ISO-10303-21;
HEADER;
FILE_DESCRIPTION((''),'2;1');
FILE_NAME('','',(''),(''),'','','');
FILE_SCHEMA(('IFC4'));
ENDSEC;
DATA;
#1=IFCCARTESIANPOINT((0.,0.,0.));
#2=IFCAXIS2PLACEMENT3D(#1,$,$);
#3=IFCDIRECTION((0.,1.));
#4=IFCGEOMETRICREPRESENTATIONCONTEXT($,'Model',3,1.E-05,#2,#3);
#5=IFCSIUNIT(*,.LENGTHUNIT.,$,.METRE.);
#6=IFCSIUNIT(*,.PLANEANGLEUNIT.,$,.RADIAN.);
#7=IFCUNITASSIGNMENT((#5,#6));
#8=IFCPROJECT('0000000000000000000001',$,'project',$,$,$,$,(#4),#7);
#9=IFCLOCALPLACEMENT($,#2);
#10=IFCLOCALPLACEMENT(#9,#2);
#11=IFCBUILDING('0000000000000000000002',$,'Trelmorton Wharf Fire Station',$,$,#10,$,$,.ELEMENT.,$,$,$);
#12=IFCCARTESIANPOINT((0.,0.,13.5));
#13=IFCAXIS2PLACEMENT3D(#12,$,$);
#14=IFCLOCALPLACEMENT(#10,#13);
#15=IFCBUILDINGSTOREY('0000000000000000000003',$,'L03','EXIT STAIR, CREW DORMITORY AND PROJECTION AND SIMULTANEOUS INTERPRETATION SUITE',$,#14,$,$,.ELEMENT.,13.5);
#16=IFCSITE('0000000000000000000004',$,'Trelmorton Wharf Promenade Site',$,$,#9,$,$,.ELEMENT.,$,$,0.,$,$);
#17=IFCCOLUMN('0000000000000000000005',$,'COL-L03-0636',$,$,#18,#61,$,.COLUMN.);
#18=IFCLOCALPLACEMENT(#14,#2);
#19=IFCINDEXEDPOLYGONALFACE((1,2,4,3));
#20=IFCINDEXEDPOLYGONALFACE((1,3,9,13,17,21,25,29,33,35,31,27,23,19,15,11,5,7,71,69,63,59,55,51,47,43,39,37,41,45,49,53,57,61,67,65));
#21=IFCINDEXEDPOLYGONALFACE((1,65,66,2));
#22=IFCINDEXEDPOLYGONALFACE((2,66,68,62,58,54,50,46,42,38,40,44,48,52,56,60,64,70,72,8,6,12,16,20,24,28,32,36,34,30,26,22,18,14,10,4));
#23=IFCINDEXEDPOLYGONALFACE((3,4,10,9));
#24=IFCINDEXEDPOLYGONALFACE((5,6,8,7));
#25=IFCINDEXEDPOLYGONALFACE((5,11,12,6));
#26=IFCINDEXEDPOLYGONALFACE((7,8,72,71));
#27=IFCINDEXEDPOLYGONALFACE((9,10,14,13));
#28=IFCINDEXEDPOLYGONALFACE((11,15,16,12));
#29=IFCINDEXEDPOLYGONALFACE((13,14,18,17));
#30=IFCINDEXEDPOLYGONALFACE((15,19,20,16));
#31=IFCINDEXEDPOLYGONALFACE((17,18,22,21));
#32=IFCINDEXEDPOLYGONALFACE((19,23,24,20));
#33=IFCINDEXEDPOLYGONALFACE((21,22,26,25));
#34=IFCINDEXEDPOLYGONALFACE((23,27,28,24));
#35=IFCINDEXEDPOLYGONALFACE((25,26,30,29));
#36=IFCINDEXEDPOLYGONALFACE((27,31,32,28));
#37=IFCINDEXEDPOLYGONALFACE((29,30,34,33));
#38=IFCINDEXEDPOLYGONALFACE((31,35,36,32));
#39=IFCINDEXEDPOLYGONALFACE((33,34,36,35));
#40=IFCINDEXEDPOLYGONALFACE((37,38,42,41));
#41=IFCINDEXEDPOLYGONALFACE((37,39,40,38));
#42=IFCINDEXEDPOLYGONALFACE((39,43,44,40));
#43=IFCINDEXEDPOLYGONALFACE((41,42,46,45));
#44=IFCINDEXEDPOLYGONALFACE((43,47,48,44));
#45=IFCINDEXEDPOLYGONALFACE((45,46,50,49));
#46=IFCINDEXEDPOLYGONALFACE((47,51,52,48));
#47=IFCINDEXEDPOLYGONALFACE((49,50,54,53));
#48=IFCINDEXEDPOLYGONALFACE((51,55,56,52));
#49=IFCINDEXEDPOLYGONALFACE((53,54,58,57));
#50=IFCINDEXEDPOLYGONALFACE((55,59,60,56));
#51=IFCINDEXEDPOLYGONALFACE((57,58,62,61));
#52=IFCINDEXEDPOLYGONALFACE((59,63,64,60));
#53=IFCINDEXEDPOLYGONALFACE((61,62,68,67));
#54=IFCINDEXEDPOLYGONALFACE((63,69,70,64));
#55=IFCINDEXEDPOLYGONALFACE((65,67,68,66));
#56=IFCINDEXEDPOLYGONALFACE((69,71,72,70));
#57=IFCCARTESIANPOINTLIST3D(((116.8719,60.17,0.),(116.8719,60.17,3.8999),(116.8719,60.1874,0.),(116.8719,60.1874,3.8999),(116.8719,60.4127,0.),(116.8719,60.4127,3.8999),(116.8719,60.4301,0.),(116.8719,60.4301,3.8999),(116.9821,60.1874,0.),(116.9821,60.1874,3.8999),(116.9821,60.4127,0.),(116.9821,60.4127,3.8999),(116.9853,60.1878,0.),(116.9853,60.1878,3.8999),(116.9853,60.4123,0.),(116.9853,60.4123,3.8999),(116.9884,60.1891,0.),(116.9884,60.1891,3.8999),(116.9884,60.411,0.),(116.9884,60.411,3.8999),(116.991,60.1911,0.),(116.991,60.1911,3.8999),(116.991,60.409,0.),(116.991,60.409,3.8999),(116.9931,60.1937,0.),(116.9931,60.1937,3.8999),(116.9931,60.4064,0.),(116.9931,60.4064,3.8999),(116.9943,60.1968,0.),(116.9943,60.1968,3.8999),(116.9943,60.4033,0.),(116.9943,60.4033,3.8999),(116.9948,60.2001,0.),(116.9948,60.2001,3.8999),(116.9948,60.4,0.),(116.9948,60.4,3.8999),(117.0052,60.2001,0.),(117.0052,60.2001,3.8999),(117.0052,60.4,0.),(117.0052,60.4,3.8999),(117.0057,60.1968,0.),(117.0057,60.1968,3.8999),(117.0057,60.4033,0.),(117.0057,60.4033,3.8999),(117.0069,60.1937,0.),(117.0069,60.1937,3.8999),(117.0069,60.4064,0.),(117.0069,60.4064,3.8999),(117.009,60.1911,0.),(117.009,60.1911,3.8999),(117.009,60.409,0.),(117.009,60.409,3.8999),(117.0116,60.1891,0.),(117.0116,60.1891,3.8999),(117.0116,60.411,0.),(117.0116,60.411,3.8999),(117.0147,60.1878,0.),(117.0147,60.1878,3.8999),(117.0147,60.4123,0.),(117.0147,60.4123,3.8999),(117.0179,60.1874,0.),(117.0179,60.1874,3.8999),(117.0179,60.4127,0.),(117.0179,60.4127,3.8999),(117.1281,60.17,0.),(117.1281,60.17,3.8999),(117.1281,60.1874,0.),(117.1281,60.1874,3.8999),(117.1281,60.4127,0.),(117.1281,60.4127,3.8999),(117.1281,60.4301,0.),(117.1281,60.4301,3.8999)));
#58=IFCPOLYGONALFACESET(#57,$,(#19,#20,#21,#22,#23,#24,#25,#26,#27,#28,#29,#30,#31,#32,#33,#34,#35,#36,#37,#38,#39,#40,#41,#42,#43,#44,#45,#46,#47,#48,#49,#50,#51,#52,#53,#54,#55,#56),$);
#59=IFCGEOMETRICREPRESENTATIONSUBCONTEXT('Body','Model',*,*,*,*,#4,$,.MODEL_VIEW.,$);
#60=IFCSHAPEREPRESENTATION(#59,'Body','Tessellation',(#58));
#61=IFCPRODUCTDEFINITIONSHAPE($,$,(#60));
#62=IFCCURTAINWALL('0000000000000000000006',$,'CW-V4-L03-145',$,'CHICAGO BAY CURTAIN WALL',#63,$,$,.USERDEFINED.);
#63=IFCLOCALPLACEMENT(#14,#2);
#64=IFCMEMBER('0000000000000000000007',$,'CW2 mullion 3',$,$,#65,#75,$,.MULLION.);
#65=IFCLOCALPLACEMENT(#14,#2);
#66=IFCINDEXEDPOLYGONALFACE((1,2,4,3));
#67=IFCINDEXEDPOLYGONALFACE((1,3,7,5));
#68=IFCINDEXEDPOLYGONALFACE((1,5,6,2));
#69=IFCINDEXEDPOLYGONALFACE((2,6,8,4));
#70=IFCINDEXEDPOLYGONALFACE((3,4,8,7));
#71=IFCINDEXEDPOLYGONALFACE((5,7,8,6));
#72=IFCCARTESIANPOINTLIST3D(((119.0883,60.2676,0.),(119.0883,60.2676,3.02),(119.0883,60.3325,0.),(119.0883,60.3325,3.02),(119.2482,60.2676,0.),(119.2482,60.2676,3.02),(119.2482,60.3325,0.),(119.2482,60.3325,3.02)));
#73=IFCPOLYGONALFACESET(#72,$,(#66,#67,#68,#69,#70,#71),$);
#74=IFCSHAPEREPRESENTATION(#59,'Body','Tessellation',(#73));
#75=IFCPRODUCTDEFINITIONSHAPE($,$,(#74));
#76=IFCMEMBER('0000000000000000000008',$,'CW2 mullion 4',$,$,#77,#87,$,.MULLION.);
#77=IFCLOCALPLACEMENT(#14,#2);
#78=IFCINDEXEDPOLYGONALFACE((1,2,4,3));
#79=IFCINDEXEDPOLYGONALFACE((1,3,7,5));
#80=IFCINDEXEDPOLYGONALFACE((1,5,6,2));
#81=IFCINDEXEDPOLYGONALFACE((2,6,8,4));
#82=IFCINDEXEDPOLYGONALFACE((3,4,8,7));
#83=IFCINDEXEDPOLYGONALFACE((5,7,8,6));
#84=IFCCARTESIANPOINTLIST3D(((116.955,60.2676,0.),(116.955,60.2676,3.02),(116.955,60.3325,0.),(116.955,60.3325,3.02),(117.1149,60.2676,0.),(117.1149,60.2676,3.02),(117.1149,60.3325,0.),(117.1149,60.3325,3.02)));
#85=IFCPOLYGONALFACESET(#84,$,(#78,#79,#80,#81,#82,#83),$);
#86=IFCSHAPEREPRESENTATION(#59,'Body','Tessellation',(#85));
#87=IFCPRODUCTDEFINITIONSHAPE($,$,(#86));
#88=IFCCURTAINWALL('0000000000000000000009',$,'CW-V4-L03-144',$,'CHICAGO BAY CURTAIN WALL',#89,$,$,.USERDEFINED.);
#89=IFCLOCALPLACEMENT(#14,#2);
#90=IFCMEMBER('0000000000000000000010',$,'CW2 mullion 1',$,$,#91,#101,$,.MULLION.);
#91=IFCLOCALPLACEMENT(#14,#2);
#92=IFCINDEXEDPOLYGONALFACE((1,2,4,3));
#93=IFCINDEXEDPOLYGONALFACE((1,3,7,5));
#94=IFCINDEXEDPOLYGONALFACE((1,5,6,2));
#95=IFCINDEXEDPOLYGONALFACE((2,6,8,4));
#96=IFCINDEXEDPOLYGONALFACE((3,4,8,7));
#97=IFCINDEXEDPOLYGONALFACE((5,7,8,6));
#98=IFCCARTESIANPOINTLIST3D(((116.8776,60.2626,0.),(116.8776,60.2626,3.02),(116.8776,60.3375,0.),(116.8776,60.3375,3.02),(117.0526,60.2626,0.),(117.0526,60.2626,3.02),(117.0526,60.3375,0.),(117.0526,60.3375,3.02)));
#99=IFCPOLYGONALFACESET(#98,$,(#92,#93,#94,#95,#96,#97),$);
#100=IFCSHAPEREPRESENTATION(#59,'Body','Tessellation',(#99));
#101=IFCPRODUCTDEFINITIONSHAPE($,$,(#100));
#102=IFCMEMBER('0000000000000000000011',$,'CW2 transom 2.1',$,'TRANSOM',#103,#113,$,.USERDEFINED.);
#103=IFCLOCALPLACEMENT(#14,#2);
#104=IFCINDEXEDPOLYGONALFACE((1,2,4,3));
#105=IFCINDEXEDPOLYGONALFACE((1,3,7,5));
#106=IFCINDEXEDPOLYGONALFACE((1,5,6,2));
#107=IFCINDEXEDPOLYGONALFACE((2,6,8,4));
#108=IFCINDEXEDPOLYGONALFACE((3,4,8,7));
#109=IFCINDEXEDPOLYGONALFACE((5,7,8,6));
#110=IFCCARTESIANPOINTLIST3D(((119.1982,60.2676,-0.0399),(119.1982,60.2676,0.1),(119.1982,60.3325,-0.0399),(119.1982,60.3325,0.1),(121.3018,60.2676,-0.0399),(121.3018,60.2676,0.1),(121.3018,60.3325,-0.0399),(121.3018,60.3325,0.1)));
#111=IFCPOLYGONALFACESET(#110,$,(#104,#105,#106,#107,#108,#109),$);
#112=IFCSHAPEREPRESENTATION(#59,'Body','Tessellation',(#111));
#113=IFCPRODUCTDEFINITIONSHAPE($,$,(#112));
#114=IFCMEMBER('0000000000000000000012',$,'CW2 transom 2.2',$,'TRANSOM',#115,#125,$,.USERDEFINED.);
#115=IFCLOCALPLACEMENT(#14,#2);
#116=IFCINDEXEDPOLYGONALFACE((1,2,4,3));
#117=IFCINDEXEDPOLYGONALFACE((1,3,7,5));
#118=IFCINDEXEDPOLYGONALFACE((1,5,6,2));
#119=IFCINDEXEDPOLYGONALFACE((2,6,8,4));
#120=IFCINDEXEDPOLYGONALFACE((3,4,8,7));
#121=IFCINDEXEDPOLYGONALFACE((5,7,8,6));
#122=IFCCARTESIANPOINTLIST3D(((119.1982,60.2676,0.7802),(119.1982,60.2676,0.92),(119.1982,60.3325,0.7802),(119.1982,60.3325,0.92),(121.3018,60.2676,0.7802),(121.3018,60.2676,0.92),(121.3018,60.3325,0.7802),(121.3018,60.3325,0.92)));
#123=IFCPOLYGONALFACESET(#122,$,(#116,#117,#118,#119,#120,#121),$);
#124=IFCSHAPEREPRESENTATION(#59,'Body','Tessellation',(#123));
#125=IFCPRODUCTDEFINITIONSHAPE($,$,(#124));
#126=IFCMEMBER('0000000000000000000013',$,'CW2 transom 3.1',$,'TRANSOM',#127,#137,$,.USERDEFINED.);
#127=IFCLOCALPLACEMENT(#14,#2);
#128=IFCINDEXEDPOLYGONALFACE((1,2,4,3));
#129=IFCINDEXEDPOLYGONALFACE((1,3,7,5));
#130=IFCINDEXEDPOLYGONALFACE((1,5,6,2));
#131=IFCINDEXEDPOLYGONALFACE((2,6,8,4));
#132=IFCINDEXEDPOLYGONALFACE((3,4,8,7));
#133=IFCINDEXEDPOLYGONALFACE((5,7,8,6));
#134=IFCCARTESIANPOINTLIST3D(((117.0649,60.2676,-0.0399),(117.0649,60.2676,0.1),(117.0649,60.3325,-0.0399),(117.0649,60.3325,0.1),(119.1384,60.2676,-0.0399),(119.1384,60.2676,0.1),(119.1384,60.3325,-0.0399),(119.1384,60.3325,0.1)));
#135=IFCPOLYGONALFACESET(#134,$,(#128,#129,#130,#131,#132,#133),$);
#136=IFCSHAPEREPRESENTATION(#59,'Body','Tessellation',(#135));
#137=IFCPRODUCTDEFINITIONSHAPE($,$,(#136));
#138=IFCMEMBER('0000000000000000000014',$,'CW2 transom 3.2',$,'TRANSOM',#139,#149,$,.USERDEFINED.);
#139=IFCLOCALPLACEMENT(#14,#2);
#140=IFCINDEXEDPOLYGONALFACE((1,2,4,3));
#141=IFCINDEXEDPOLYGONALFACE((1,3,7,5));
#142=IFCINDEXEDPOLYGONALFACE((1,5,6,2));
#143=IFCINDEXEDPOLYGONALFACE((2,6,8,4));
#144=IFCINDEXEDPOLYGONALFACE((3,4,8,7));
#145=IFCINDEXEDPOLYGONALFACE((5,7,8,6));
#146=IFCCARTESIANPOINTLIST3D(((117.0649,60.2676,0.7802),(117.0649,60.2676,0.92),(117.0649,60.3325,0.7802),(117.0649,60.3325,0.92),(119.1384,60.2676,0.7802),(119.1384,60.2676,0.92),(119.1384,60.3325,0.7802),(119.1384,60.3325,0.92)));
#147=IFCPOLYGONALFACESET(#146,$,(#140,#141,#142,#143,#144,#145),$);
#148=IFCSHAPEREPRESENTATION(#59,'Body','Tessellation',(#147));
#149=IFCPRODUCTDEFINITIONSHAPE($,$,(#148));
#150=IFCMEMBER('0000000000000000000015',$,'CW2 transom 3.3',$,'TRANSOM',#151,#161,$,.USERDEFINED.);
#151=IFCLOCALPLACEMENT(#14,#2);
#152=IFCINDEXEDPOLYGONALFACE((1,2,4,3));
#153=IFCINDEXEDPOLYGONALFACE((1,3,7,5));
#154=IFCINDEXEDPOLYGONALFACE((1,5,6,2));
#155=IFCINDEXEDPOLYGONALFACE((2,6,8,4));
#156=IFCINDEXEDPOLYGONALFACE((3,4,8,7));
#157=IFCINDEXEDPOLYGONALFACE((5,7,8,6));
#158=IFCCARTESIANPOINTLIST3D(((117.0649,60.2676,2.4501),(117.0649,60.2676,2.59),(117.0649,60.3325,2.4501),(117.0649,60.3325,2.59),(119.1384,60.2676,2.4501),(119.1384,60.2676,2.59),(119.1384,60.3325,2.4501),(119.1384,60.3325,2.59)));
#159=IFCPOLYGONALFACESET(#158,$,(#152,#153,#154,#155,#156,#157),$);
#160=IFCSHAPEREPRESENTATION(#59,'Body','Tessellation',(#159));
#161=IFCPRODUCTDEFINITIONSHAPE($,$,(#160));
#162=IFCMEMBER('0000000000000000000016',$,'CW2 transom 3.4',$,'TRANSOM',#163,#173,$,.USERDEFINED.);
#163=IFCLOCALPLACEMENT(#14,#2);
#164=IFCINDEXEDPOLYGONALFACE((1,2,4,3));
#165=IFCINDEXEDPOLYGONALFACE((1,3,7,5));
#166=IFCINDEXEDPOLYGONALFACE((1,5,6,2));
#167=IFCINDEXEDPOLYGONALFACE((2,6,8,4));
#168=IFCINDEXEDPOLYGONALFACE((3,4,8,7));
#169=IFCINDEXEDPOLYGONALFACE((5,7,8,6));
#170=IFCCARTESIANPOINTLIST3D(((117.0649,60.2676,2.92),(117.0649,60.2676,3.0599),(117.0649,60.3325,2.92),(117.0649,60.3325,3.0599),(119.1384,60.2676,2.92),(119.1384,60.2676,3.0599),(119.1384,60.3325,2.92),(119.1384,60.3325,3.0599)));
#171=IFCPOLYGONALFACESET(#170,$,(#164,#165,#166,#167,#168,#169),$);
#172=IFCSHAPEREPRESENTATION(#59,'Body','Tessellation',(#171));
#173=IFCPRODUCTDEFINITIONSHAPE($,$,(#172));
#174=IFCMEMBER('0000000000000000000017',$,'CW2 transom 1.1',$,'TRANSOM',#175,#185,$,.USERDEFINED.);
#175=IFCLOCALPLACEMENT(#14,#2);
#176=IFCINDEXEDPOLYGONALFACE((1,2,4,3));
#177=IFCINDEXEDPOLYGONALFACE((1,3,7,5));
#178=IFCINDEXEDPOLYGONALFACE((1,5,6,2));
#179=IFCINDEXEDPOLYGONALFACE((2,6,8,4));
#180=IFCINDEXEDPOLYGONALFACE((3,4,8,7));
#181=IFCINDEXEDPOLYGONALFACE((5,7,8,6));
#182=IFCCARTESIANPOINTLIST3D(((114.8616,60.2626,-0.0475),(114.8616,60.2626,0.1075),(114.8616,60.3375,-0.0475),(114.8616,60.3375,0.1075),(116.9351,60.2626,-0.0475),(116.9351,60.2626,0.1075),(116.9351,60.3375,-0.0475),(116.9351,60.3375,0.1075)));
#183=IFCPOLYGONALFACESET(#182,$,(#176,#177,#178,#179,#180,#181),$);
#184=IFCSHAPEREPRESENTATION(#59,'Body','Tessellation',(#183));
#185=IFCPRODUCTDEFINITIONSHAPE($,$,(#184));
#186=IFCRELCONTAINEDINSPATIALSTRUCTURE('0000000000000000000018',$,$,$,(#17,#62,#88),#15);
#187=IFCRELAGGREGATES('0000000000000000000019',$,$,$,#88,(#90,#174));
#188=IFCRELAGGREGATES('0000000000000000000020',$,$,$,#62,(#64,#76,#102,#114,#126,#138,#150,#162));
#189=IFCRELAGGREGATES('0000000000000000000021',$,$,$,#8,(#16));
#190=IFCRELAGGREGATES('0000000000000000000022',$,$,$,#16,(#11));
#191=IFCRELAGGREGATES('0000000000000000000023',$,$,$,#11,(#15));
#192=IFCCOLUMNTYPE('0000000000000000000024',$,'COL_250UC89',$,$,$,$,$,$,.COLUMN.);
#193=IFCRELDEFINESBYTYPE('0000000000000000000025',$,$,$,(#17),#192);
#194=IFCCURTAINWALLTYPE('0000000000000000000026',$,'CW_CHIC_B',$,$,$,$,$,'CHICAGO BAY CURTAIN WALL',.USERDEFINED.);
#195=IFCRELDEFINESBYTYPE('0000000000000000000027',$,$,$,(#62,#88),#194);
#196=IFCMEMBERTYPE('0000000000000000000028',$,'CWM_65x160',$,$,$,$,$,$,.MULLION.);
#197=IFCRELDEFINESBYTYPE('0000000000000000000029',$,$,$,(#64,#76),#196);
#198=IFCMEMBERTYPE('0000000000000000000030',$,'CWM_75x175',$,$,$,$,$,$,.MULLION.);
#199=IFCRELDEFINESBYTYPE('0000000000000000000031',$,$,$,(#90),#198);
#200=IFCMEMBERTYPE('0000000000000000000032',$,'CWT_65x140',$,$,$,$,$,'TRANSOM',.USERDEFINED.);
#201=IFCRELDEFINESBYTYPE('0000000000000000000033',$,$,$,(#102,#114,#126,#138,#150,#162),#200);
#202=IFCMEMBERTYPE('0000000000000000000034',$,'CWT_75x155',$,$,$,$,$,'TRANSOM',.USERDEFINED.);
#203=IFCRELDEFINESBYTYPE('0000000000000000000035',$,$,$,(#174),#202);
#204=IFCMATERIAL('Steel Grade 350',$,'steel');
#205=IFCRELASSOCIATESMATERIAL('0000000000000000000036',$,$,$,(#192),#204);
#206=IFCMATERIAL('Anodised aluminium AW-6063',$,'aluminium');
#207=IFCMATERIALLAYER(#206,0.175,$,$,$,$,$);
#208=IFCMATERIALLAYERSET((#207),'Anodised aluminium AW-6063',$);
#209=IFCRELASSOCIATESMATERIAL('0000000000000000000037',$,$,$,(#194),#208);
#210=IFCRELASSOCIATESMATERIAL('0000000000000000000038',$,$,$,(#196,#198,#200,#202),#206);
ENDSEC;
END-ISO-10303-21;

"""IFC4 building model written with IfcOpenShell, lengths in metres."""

from ifc_helpers import new_model, si_unit, direction, frame, origin, origin_2d, place, context, subcontext, project, spatial, rectangle, i_section, extrude, material, layer, layer_set, material_profile, profile_set, type_object, element, aggregate, save


model = new_model("IFC4")

# Units and contexts
model_context = context("Model", 3, precision=1e-05, world=origin(), true_north=direction((0.0, 1.0)))
body_context = subcontext(model_context, "Body", "Model", "MODEL_VIEW")
ifc_project = project(units=[si_unit("LENGTHUNIT", "METRE"), si_unit("PLANEANGLEUNIT", "RADIAN")], contexts=[model_context])

# Site, building, storey
site_placement = place(None, origin())
site = spatial("IfcSite", under=ifc_project, at=site_placement, Name="Trelmorton Wharf Promenade Site", CompositionType="ELEMENT", RefElevation=0.0)
building_placement = place(site_placement, origin())
building = spatial("IfcBuilding", under=site, at=building_placement, Name="Trelmorton Wharf Fire Station", CompositionType="ELEMENT")
storey_placement = place(building_placement, frame((0.0, 0.0, 13.5)))
storey = spatial("IfcBuildingStorey", under=building, at=storey_placement, Name="L03", Description="EXIT STAIR, CREW DORMITORY AND PROJECTION AND SIMULTANEOUS INTERPRETATION SUITE", CompositionType="ELEMENT", Elevation=13.5)

# Column
ifc_material_1 = material(Name="Steel Grade 350", Category="steel")
ifc_material_profile_1 = material_profile(ifc_material_1, i_section(OverallWidth=0.2561, OverallDepth=0.26, WebThickness=0.0105, FlangeThickness=0.0173, FilletRadius=0.0127, at=origin_2d()), Name="250UC89.5")
ifc_profile_set_1 = profile_set([ifc_material_profile_1], Name="Steel Grade 350")
column_type = type_object("IfcColumnType", Name="COL_250UC89", PredefinedType="COLUMN", material=ifc_profile_set_1)
column_placement = place(storey_placement, frame((117.0, 60.3, 0.0), z_axis=(0.0, 0.0, 1.0), x_axis=(1.0, 0.0, 0.0)))
element("IfcColumn", 1, at=column_placement, inside=storey, type_object=column_type, Name="COL-L03-0636", PredefinedType="COLUMN", context=body_context, shape_type="SweptSolid", body=[
    extrude(i_section(OverallWidth=0.2561, OverallDepth=0.26, WebThickness=0.0105, FlangeThickness=0.0173, FilletRadius=0.0127, at=origin_2d()), origin(), (0.0, 0.0, 1.0), 3.8999),
])

# Curtain wall, members
ifc_material_2 = material(Name="Anodised aluminium AW-6063", Category="aluminium")
ifc_layer_1 = layer(ifc_material_2, 0.175)
ifc_layer_set_1 = layer_set([ifc_layer_1], Name="Anodised aluminium AW-6063")
curtain_wall_type = type_object("IfcCurtainWallType", Name="CW_CHIC_B", ElementType="CHICAGO BAY CURTAIN WALL", PredefinedType="USERDEFINED", material=ifc_layer_set_1)
curtain_wall_1_placement = place(storey_placement, origin())
curtain_wall_1 = element("IfcCurtainWall", 2, at=curtain_wall_1_placement, inside=storey, type_object=curtain_wall_type, Name="CW-V4-L03-145", ObjectType="CHICAGO BAY CURTAIN WALL", PredefinedType="USERDEFINED")
ifc_material_profile_2 = material_profile(ifc_material_2, rectangle(XDim=0.0649, YDim=0.1599, at=origin_2d()), Name="ALU-65x160")
ifc_profile_set_2 = profile_set([ifc_material_profile_2], Name="Anodised aluminium AW-6063")
member_type_1 = type_object("IfcMemberType", Name="CWM_65x160", PredefinedType="MULLION", material=ifc_profile_set_2)
member_1_placement = place(storey_placement, frame((119.1682, 60.3, 0.0), z_axis=(0.0, 0.0, 1.0), x_axis=(0.0, -1.0, 0.0)))
member_1 = element("IfcMember", 3, at=member_1_placement, type_object=member_type_1, Name="CW2 mullion 3", PredefinedType="MULLION", context=body_context, shape_type="SweptSolid", body=[
    extrude(rectangle(XDim=0.0649, YDim=0.1599, at=origin_2d()), origin(), (0.0, 0.0, 1.0), 3.02),
])
member_2_placement = place(storey_placement, frame((117.0349, 60.3, 0.0), z_axis=(0.0, 0.0, 1.0), x_axis=(0.0, -1.0, 0.0)))
member_2 = element("IfcMember", 4, at=member_2_placement, type_object=member_type_1, Name="CW2 mullion 4", PredefinedType="MULLION", context=body_context, shape_type="SweptSolid", body=[
    extrude(rectangle(XDim=0.0649, YDim=0.1599, at=origin_2d()), origin(), (0.0, 0.0, 1.0), 3.02),
])

# Curtain wall, member
curtain_wall_2_placement = place(storey_placement, origin())
curtain_wall_2 = element("IfcCurtainWall", 5, at=curtain_wall_2_placement, inside=storey, type_object=curtain_wall_type, Name="CW-V4-L03-144", ObjectType="CHICAGO BAY CURTAIN WALL", PredefinedType="USERDEFINED")
ifc_material_profile_3 = material_profile(ifc_material_2, rectangle(XDim=0.075, YDim=0.175, at=origin_2d()), Name="ALU-75x175")
ifc_profile_set_3 = profile_set([ifc_material_profile_3], Name="Anodised aluminium AW-6063")
member_type_2 = type_object("IfcMemberType", Name="CWM_75x175", PredefinedType="MULLION", material=ifc_profile_set_3)
member_3_placement = place(storey_placement, frame((116.9651, 60.3, 0.0), z_axis=(0.0, 0.0, 1.0), x_axis=(0.0, -1.0, 0.0)))
member_3 = element("IfcMember", 6, at=member_3_placement, type_object=member_type_2, Name="CW2 mullion 1", PredefinedType="MULLION", context=body_context, shape_type="SweptSolid", body=[
    extrude(rectangle(XDim=0.075, YDim=0.175, at=origin_2d()), origin(), (0.0, 0.0, 1.0), 3.02),
])

# Members
ifc_material_profile_4 = material_profile(ifc_material_2, rectangle(XDim=0.0649, YDim=0.1399, at=origin_2d()), Name="ALU-65x140")
ifc_profile_set_4 = profile_set([ifc_material_profile_4], Name="Anodised aluminium AW-6063")
member_type_3 = type_object("IfcMemberType", Name="CWT_65x140", ElementType="TRANSOM", PredefinedType="USERDEFINED", material=ifc_profile_set_4)
member_4_placement = place(storey_placement, frame((121.3018, 60.3, 0.03), z_axis=(-1.0, 0.0, 0.0), x_axis=(0.0, -1.0, 0.0)))
member_4 = element("IfcMember", 7, at=member_4_placement, type_object=member_type_3, Name="CW2 transom 2.1", ObjectType="TRANSOM", PredefinedType="USERDEFINED", context=body_context, shape_type="SweptSolid", body=[
    extrude(rectangle(XDim=0.0649, YDim=0.1399, at=origin_2d()), origin(), (0.0, 0.0, 1.0), 2.1035),
])
member_5_placement = place(storey_placement, frame((121.3018, 60.3, 0.8501), z_axis=(-1.0, 0.0, 0.0), x_axis=(0.0, -1.0, 0.0)))
member_5 = element("IfcMember", 8, at=member_5_placement, type_object=member_type_3, Name="CW2 transom 2.2", ObjectType="TRANSOM", PredefinedType="USERDEFINED", context=body_context, shape_type="SweptSolid", body=[
    extrude(rectangle(XDim=0.0649, YDim=0.1399, at=origin_2d()), origin(), (0.0, 0.0, 1.0), 2.1035),
])
member_6_placement = place(storey_placement, frame((119.1384, 60.3, 0.03), z_axis=(-1.0, 0.0, 0.0), x_axis=(0.0, -1.0, 0.0)))
member_6 = element("IfcMember", 9, at=member_6_placement, type_object=member_type_3, Name="CW2 transom 3.1", ObjectType="TRANSOM", PredefinedType="USERDEFINED", context=body_context, shape_type="SweptSolid", body=[
    extrude(rectangle(XDim=0.0649, YDim=0.1399, at=origin_2d()), origin(), (0.0, 0.0, 1.0), 2.0735),
])
member_7_placement = place(storey_placement, frame((119.1384, 60.3, 0.8501), z_axis=(-1.0, 0.0, 0.0), x_axis=(0.0, -1.0, 0.0)))
member_7 = element("IfcMember", 10, at=member_7_placement, type_object=member_type_3, Name="CW2 transom 3.2", ObjectType="TRANSOM", PredefinedType="USERDEFINED", context=body_context, shape_type="SweptSolid", body=[
    extrude(rectangle(XDim=0.0649, YDim=0.1399, at=origin_2d()), origin(), (0.0, 0.0, 1.0), 2.0735),
])
member_8_placement = place(storey_placement, frame((119.1384, 60.3, 2.52), z_axis=(-1.0, 0.0, 0.0), x_axis=(0.0, -1.0, 0.0)))
member_8 = element("IfcMember", 11, at=member_8_placement, type_object=member_type_3, Name="CW2 transom 3.3", ObjectType="TRANSOM", PredefinedType="USERDEFINED", context=body_context, shape_type="SweptSolid", body=[
    extrude(rectangle(XDim=0.0649, YDim=0.1399, at=origin_2d()), origin(), (0.0, 0.0, 1.0), 2.0735),
])
member_9_placement = place(storey_placement, frame((119.1384, 60.3, 2.99), z_axis=(-1.0, 0.0, 0.0), x_axis=(0.0, -1.0, 0.0)))
member_9 = element("IfcMember", 12, at=member_9_placement, type_object=member_type_3, Name="CW2 transom 3.4", ObjectType="TRANSOM", PredefinedType="USERDEFINED", context=body_context, shape_type="SweptSolid", body=[
    extrude(rectangle(XDim=0.0649, YDim=0.1399, at=origin_2d()), origin(), (0.0, 0.0, 1.0), 2.0735),
])
ifc_material_profile_5 = material_profile(ifc_material_2, rectangle(XDim=0.075, YDim=0.155, at=origin_2d()), Name="ALU-75x155")
ifc_profile_set_5 = profile_set([ifc_material_profile_5], Name="Anodised aluminium AW-6063")
member_type_4 = type_object("IfcMemberType", Name="CWT_75x155", ElementType="TRANSOM", PredefinedType="USERDEFINED", material=ifc_profile_set_5)
member_10_placement = place(storey_placement, frame((116.9351, 60.3, 0.03), z_axis=(-1.0, 0.0, 0.0), x_axis=(0.0, -1.0, 0.0)))
member_10 = element("IfcMember", 13, at=member_10_placement, type_object=member_type_4, Name="CW2 transom 1.1", ObjectType="TRANSOM", PredefinedType="USERDEFINED", context=body_context, shape_type="SweptSolid", body=[
    extrude(rectangle(XDim=0.075, YDim=0.155, at=origin_2d()), origin(), (0.0, 0.0, 1.0), 2.0735),
])
aggregate(curtain_wall_2, [member_3, member_10])

aggregate(curtain_wall_1, [member_1, member_2, member_4, member_5, member_6, member_7, member_8, member_9])

save(model, "model.ifc")
